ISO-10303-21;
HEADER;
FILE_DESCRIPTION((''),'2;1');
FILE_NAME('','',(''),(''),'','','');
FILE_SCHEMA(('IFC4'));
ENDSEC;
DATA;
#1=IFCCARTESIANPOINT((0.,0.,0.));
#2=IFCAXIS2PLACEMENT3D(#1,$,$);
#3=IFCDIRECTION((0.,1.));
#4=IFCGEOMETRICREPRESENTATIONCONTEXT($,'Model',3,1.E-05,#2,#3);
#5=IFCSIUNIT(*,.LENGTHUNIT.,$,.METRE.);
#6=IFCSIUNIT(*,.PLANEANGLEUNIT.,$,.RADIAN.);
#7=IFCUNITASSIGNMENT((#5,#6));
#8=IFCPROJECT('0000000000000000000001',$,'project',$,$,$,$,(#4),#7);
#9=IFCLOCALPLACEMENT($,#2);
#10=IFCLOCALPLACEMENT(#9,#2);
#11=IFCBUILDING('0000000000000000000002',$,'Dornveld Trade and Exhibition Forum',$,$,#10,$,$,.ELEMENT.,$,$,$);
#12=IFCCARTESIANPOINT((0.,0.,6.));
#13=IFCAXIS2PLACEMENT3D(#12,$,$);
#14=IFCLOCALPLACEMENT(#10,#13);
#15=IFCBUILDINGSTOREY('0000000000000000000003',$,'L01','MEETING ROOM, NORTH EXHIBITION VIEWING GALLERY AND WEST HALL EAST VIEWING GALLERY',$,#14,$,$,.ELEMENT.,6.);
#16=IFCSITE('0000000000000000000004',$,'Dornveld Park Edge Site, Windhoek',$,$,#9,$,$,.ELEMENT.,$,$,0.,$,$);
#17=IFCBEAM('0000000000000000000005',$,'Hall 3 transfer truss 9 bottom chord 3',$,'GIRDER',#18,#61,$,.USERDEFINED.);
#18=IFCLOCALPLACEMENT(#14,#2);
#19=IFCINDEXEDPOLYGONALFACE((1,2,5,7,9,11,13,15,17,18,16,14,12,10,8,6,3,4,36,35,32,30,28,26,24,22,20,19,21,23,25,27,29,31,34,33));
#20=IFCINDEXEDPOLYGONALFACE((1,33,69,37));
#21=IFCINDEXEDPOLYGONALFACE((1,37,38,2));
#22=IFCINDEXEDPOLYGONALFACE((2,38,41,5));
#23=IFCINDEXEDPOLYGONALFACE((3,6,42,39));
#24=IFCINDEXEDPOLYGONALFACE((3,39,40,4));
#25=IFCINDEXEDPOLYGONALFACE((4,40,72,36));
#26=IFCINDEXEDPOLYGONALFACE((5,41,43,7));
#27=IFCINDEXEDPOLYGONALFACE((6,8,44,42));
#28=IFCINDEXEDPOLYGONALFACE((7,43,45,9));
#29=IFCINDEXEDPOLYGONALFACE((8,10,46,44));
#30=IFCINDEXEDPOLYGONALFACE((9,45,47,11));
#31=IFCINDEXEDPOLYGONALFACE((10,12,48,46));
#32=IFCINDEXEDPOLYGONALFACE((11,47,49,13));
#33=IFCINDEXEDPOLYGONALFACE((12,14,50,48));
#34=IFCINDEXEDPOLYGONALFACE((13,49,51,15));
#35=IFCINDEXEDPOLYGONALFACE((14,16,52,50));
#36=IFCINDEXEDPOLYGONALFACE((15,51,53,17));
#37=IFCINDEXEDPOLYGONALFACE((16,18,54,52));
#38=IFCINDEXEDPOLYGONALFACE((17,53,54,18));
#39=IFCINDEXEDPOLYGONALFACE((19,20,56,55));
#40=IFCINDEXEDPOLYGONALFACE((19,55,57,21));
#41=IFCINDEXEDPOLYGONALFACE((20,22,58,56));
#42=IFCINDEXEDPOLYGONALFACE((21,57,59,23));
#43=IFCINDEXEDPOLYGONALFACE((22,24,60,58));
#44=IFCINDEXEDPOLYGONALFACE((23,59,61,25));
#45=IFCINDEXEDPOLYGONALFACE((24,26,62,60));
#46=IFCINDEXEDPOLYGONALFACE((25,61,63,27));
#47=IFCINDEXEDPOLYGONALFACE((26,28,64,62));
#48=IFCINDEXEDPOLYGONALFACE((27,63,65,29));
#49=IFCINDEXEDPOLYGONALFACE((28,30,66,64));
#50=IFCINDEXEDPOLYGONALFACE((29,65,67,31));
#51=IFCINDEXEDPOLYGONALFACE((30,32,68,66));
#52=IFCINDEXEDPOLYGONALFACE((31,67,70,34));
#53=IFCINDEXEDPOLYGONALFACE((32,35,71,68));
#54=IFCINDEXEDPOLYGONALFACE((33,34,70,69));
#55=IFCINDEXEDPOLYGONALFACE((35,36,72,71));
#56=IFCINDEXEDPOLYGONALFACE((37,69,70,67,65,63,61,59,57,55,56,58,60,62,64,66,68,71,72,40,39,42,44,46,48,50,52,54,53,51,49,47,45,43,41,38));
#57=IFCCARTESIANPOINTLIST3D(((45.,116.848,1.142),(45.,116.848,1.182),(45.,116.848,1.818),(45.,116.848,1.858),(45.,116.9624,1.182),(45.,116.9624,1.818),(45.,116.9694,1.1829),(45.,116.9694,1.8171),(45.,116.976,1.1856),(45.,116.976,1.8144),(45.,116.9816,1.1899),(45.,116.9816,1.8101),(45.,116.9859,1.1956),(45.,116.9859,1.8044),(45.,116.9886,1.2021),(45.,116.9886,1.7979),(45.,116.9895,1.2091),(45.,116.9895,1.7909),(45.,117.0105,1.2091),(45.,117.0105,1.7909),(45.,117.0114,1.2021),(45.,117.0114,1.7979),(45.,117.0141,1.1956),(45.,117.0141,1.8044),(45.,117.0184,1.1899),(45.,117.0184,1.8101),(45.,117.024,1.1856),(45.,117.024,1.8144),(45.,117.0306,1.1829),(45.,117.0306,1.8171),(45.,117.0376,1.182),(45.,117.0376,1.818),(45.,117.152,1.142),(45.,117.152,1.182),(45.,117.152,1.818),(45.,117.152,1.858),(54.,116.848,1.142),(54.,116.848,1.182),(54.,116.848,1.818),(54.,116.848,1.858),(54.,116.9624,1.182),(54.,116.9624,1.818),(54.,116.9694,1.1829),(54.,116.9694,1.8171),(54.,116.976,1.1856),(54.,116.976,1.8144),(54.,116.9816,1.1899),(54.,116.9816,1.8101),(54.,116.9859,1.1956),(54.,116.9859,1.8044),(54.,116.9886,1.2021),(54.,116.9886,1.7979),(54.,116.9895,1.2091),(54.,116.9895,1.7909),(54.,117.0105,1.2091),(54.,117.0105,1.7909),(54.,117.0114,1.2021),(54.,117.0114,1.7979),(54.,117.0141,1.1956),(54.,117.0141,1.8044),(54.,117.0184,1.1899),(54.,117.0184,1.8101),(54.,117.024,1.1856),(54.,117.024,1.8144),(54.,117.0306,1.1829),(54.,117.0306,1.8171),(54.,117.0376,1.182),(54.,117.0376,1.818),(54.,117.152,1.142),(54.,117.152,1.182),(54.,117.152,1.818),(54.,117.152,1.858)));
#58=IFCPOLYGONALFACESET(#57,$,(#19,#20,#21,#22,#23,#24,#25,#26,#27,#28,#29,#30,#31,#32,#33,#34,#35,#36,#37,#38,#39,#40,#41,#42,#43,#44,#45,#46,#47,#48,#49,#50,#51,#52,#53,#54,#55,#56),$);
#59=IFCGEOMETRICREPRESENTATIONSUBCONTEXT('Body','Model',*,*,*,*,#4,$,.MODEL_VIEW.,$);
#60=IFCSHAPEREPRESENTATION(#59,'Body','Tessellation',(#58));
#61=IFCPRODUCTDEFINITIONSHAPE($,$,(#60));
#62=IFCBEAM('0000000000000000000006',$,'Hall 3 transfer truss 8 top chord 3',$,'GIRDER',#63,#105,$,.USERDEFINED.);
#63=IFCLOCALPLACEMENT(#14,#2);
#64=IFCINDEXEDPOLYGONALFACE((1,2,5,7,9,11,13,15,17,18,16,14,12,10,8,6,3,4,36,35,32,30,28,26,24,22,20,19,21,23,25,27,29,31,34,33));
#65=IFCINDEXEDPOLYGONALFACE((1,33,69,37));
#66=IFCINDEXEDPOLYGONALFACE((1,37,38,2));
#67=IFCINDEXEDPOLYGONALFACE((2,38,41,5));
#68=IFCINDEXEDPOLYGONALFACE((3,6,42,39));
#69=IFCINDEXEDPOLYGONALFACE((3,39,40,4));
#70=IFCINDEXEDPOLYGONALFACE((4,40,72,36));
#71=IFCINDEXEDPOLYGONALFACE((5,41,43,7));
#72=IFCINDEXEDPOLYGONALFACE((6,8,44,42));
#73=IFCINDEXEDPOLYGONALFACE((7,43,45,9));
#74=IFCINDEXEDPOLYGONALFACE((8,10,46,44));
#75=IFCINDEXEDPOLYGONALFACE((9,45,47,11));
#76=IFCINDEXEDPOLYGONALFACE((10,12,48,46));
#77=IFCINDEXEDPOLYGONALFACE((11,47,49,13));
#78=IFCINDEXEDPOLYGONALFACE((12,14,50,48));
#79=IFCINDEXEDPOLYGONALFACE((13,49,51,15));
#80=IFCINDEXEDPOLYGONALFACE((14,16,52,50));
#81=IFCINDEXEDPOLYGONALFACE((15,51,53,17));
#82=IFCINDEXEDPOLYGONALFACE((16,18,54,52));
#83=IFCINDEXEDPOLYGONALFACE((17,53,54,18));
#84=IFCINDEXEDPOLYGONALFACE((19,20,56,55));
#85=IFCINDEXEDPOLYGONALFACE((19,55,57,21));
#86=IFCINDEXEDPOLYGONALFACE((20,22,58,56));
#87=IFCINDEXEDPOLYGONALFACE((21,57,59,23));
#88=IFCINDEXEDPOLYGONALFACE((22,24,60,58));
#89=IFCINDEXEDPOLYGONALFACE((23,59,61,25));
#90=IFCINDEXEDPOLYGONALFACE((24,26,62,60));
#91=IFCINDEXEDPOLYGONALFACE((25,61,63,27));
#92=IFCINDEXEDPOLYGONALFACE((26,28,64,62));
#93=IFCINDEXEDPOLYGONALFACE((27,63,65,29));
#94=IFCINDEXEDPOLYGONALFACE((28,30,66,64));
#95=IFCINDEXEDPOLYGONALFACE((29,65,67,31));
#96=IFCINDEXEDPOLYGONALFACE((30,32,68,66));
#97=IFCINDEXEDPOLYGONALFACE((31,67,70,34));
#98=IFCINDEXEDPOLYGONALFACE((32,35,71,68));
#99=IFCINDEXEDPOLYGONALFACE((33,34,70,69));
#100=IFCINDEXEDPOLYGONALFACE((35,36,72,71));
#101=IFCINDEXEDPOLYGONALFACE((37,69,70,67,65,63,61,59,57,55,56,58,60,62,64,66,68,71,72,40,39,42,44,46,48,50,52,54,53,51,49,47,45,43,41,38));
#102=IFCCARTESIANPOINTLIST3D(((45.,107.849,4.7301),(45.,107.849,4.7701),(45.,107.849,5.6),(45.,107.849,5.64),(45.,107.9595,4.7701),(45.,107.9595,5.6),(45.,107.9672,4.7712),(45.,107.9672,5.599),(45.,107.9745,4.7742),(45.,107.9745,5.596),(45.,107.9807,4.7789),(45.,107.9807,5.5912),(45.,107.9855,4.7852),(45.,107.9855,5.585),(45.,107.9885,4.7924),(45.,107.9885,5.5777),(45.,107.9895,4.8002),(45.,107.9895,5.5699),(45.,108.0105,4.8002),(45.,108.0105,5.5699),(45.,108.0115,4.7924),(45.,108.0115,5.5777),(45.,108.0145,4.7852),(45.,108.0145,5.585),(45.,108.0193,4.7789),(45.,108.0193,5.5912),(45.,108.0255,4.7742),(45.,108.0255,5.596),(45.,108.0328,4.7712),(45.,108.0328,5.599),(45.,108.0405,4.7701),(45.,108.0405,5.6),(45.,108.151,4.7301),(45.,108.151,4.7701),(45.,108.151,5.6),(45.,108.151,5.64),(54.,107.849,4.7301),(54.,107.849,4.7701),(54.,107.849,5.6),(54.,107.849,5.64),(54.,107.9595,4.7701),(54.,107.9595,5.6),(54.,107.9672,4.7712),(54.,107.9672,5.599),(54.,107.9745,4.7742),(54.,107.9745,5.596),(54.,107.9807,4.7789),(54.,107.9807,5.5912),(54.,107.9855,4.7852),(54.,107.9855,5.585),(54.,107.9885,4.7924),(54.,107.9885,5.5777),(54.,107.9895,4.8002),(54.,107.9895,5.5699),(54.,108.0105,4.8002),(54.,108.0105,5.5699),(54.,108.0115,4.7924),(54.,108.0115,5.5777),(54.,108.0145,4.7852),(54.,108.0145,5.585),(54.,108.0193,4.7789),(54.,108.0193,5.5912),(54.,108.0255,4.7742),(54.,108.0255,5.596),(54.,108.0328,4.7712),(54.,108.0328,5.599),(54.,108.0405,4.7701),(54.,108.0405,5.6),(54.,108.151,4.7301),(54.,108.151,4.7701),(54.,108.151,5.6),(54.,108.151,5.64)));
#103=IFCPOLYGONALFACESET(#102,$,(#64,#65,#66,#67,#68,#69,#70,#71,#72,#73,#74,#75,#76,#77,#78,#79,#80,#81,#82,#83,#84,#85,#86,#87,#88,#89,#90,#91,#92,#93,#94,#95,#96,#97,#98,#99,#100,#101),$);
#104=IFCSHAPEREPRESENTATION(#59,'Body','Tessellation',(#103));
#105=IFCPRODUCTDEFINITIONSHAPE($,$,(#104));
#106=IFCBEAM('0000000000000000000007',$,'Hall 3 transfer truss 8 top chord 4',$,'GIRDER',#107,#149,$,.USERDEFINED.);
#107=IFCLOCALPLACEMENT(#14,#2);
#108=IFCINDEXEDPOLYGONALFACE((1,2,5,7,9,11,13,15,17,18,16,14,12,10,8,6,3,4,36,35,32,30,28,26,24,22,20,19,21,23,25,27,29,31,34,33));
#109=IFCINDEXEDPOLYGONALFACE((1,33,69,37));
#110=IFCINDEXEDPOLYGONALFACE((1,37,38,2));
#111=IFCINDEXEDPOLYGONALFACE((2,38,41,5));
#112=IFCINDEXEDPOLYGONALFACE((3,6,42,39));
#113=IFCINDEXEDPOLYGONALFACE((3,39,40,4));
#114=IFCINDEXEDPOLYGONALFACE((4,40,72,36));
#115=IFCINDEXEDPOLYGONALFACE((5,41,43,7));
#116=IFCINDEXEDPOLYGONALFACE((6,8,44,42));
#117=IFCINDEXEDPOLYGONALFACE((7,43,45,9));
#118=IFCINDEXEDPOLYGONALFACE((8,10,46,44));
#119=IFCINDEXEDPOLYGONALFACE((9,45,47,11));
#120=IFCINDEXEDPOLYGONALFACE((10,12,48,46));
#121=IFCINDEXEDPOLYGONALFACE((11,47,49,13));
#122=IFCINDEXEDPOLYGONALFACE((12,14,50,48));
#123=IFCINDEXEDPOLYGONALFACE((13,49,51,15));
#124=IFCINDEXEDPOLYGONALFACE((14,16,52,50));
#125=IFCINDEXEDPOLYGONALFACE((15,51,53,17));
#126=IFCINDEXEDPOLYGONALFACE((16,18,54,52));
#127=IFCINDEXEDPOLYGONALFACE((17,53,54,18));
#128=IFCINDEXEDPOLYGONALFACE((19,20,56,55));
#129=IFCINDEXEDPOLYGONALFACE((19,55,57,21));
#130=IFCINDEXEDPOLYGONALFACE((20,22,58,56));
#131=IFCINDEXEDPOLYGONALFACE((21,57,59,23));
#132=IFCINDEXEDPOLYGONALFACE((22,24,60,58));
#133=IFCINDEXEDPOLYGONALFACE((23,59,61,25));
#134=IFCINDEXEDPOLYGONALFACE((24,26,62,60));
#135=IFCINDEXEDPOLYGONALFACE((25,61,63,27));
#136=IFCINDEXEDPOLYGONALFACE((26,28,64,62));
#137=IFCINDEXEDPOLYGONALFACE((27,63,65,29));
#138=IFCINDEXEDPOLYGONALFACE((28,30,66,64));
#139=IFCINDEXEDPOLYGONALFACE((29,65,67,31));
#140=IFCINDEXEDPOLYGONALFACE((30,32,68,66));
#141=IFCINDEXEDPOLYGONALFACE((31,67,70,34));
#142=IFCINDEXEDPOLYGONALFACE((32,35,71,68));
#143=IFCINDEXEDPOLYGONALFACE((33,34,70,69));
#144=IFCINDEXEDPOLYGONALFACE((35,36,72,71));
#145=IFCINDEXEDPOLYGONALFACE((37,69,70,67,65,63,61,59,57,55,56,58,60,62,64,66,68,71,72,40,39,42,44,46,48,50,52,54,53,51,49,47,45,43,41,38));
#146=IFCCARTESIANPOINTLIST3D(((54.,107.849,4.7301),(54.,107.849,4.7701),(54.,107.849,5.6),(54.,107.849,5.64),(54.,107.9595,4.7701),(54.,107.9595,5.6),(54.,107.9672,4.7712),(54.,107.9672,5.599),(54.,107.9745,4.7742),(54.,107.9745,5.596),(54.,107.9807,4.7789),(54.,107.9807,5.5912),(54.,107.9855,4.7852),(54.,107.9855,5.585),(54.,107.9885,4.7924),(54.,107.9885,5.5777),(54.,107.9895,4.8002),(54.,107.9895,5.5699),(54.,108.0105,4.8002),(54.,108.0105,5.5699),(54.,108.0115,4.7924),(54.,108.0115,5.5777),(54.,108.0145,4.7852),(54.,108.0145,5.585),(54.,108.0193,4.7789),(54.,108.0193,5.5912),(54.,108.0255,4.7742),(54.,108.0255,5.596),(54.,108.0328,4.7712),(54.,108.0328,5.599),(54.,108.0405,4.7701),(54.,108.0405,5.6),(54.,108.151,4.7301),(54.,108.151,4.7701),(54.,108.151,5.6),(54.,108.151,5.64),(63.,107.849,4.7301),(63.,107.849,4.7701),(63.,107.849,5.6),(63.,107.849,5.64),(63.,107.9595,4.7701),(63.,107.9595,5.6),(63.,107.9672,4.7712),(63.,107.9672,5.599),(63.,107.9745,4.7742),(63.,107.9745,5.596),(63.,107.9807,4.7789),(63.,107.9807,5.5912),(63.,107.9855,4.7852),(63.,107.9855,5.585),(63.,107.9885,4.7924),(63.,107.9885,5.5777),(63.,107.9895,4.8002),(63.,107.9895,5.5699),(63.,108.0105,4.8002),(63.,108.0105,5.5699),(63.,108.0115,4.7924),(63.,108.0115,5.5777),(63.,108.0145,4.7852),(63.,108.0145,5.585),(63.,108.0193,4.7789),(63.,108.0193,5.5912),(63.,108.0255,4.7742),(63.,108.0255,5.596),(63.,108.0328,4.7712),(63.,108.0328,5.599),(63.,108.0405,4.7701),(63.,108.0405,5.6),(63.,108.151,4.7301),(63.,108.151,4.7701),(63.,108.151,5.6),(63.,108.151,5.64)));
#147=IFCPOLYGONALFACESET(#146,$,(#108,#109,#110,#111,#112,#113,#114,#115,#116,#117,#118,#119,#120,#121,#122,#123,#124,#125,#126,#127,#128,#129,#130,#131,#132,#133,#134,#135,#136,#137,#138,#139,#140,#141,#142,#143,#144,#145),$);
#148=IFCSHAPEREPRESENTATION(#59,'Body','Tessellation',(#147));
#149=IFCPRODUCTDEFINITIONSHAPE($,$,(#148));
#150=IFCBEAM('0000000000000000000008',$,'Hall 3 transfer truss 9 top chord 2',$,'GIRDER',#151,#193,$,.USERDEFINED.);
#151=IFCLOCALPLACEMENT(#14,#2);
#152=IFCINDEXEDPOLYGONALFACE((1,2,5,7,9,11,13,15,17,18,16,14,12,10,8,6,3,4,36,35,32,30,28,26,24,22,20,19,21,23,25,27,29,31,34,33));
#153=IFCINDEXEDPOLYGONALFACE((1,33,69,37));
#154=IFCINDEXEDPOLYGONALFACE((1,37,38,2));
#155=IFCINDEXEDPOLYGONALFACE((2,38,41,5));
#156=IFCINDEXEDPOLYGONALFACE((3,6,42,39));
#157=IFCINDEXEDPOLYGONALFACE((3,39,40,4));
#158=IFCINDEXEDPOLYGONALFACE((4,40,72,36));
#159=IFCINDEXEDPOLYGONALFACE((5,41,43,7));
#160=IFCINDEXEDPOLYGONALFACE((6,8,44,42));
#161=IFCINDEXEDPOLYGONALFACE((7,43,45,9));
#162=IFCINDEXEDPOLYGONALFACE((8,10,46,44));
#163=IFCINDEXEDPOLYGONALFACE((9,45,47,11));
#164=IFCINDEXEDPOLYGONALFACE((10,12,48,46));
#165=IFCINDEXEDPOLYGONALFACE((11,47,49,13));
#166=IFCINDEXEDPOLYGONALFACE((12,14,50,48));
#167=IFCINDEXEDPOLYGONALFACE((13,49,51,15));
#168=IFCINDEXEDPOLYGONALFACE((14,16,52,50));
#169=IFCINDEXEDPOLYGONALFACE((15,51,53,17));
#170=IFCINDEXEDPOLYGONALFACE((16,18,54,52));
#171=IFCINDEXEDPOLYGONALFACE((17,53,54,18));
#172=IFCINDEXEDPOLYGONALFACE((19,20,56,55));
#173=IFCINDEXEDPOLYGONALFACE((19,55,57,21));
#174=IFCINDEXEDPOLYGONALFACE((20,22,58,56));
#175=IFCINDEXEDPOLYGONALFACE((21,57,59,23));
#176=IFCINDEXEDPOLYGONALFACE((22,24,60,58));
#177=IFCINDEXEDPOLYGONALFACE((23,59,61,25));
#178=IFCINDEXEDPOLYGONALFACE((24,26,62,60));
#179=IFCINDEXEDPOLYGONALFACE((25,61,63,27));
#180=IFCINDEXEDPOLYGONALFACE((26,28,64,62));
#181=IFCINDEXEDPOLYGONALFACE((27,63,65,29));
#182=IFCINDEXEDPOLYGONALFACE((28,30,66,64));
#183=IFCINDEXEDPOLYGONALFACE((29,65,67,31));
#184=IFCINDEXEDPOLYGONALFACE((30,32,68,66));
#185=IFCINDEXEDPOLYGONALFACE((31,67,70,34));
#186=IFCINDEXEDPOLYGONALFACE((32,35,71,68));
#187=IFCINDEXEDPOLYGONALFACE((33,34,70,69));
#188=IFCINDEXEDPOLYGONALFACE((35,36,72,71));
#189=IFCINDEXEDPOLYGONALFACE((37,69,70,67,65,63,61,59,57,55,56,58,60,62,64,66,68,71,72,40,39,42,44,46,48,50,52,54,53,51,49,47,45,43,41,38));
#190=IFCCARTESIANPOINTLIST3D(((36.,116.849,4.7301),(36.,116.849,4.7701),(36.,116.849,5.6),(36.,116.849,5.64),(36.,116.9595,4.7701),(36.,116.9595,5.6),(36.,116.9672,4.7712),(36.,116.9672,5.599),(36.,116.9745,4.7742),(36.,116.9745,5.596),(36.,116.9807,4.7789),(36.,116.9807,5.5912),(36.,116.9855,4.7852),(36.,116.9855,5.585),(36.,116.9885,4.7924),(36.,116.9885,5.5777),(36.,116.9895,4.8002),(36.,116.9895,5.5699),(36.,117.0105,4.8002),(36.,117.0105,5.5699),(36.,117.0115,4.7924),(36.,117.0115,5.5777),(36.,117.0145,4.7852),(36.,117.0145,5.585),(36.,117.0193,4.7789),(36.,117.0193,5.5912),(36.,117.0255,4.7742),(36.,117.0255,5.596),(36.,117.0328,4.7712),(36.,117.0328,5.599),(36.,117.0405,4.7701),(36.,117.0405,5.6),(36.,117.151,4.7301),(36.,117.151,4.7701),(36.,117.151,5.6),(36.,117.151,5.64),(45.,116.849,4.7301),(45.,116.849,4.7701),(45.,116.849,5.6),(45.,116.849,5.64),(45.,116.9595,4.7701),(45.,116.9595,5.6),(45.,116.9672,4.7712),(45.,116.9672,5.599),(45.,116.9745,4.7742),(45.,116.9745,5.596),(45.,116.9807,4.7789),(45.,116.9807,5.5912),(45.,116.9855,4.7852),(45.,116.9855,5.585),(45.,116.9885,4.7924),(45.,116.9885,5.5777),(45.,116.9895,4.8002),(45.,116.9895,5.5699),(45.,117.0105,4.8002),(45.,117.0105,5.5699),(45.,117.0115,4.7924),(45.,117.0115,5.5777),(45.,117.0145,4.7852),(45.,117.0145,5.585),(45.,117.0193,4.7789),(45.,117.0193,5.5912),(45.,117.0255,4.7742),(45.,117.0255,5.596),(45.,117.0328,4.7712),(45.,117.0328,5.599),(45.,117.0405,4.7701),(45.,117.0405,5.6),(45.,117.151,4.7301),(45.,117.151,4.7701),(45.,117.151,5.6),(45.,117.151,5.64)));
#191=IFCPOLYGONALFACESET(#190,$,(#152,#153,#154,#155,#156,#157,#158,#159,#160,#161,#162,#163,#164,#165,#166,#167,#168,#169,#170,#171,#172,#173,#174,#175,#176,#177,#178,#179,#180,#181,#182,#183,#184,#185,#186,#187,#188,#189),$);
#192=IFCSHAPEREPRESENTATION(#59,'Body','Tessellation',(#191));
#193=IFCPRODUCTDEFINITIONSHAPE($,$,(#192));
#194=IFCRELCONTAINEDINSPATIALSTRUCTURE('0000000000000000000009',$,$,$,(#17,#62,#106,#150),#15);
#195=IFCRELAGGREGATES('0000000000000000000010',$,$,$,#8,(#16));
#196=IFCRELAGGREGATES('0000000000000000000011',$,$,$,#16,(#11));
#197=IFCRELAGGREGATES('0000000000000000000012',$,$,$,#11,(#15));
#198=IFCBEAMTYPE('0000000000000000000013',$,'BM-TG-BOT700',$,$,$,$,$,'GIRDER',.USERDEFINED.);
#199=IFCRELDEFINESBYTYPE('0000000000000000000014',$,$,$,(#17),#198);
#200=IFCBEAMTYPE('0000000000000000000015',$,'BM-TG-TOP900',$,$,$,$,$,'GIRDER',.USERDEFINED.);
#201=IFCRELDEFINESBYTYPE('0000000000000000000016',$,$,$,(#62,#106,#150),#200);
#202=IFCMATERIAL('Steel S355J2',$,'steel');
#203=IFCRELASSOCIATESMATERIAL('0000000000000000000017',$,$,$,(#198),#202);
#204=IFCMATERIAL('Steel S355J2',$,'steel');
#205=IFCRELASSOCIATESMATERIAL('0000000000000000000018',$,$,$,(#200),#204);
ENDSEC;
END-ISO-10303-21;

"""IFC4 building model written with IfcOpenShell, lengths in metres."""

from ifc_helpers import new_model, si_unit, direction, frame, origin, origin_2d, place, context, subcontext, project, spatial, i_section, extrude, material, material_profile, profile_set, type_object, element, save


model = new_model("IFC4")

# Units and contexts
model_context = context("Model", 3, precision=1e-05, world=origin(), true_north=direction((0.0, 1.0)))
body_context = subcontext(model_context, "Body", "Model", "MODEL_VIEW")
ifc_project = project(units=[si_unit("LENGTHUNIT", "METRE"), si_unit("PLANEANGLEUNIT", "RADIAN")], contexts=[model_context])

# Site, building, storey
site_placement = place(None, origin())
site = spatial("IfcSite", under=ifc_project, at=site_placement, Name="Dornveld Park Edge Site, Windhoek", CompositionType="ELEMENT", RefElevation=0.0)
building_placement = place(site_placement, origin())
building = spatial("IfcBuilding", under=site, at=building_placement, Name="Dornveld Trade and Exhibition Forum", CompositionType="ELEMENT")
storey_placement = place(building_placement, frame((0.0, 0.0, 6.0)))
storey = spatial("IfcBuildingStorey", under=building, at=storey_placement, Name="L01", Description="MEETING ROOM, NORTH EXHIBITION VIEWING GALLERY AND WEST HALL EAST VIEWING GALLERY", CompositionType="ELEMENT", Elevation=6.0)

# Beams
ifc_material_1 = material(Name="Steel S355J2", Category="steel")
ifc_material_profile_1 = material_profile(ifc_material_1, i_section(OverallWidth=0.304, OverallDepth=0.7161, WebThickness=0.021, FlangeThickness=0.04, FilletRadius=0.0271, at=origin_2d()), Name="HEM 700")
ifc_profile_set_1 = profile_set([ifc_material_profile_1], Name="Steel S355J2")
beam_type_1 = type_object("IfcBeamType", Name="BM-TG-BOT700", ElementType="GIRDER", PredefinedType="USERDEFINED", material=ifc_profile_set_1)
for number, where, z_axis, x_axis, name in (
    (1, (45.0, 117.0, 1.5), (1.0, 0.0, 0.0), (0.0, 1.0, 0.0), "Hall 3 transfer truss 9 bottom chord 3"),
):
    element("IfcBeam", number, at=place(storey_placement, frame(where, z_axis=z_axis, x_axis=x_axis)), inside=storey, type_object=beam_type_1, Name=name, ObjectType="GIRDER", PredefinedType="USERDEFINED", context=body_context, shape_type="SweptSolid", body=[
        extrude(i_section(OverallWidth=0.304, OverallDepth=0.7161, WebThickness=0.021, FlangeThickness=0.04, FilletRadius=0.0271, at=origin_2d()), origin(), (0.0, 0.0, 1.0), 9.0),
    ])
ifc_material_2 = material(Name="Steel S355J2", Category="steel")
ifc_material_profile_2 = material_profile(ifc_material_2, i_section(OverallWidth=0.302, OverallDepth=0.9099, WebThickness=0.021, FlangeThickness=0.04, FilletRadius=0.03, at=origin_2d()), Name="HEM 900")
ifc_profile_set_2 = profile_set([ifc_material_profile_2], Name="Steel S355J2")
beam_type_2 = type_object("IfcBeamType", Name="BM-TG-TOP900", ElementType="GIRDER", PredefinedType="USERDEFINED", material=ifc_profile_set_2)
for number, where, z_axis, x_axis, name in (
    (2, (45.0, 108.0, 5.1851), (1.0, 0.0, 0.0), (0.0, 1.0, 0.0), "Hall 3 transfer truss 8 top chord 3"),
    (3, (54.0, 108.0, 5.1851), (1.0, 0.0, 0.0), (0.0, 1.0, 0.0), "Hall 3 transfer truss 8 top chord 4"),
    (4, (36.0, 117.0, 5.1851), (1.0, 0.0, 0.0), (0.0, 1.0, 0.0), "Hall 3 transfer truss 9 top chord 2"),
):
    element("IfcBeam", number, at=place(storey_placement, frame(where, z_axis=z_axis, x_axis=x_axis)), inside=storey, type_object=beam_type_2, Name=name, ObjectType="GIRDER", PredefinedType="USERDEFINED", context=body_context, shape_type="SweptSolid", body=[
        extrude(i_section(OverallWidth=0.302, OverallDepth=0.9099, WebThickness=0.021, FlangeThickness=0.04, FilletRadius=0.03, at=origin_2d()), origin(), (0.0, 0.0, 1.0), 9.0),
    ])

save(model, "model.ifc")
